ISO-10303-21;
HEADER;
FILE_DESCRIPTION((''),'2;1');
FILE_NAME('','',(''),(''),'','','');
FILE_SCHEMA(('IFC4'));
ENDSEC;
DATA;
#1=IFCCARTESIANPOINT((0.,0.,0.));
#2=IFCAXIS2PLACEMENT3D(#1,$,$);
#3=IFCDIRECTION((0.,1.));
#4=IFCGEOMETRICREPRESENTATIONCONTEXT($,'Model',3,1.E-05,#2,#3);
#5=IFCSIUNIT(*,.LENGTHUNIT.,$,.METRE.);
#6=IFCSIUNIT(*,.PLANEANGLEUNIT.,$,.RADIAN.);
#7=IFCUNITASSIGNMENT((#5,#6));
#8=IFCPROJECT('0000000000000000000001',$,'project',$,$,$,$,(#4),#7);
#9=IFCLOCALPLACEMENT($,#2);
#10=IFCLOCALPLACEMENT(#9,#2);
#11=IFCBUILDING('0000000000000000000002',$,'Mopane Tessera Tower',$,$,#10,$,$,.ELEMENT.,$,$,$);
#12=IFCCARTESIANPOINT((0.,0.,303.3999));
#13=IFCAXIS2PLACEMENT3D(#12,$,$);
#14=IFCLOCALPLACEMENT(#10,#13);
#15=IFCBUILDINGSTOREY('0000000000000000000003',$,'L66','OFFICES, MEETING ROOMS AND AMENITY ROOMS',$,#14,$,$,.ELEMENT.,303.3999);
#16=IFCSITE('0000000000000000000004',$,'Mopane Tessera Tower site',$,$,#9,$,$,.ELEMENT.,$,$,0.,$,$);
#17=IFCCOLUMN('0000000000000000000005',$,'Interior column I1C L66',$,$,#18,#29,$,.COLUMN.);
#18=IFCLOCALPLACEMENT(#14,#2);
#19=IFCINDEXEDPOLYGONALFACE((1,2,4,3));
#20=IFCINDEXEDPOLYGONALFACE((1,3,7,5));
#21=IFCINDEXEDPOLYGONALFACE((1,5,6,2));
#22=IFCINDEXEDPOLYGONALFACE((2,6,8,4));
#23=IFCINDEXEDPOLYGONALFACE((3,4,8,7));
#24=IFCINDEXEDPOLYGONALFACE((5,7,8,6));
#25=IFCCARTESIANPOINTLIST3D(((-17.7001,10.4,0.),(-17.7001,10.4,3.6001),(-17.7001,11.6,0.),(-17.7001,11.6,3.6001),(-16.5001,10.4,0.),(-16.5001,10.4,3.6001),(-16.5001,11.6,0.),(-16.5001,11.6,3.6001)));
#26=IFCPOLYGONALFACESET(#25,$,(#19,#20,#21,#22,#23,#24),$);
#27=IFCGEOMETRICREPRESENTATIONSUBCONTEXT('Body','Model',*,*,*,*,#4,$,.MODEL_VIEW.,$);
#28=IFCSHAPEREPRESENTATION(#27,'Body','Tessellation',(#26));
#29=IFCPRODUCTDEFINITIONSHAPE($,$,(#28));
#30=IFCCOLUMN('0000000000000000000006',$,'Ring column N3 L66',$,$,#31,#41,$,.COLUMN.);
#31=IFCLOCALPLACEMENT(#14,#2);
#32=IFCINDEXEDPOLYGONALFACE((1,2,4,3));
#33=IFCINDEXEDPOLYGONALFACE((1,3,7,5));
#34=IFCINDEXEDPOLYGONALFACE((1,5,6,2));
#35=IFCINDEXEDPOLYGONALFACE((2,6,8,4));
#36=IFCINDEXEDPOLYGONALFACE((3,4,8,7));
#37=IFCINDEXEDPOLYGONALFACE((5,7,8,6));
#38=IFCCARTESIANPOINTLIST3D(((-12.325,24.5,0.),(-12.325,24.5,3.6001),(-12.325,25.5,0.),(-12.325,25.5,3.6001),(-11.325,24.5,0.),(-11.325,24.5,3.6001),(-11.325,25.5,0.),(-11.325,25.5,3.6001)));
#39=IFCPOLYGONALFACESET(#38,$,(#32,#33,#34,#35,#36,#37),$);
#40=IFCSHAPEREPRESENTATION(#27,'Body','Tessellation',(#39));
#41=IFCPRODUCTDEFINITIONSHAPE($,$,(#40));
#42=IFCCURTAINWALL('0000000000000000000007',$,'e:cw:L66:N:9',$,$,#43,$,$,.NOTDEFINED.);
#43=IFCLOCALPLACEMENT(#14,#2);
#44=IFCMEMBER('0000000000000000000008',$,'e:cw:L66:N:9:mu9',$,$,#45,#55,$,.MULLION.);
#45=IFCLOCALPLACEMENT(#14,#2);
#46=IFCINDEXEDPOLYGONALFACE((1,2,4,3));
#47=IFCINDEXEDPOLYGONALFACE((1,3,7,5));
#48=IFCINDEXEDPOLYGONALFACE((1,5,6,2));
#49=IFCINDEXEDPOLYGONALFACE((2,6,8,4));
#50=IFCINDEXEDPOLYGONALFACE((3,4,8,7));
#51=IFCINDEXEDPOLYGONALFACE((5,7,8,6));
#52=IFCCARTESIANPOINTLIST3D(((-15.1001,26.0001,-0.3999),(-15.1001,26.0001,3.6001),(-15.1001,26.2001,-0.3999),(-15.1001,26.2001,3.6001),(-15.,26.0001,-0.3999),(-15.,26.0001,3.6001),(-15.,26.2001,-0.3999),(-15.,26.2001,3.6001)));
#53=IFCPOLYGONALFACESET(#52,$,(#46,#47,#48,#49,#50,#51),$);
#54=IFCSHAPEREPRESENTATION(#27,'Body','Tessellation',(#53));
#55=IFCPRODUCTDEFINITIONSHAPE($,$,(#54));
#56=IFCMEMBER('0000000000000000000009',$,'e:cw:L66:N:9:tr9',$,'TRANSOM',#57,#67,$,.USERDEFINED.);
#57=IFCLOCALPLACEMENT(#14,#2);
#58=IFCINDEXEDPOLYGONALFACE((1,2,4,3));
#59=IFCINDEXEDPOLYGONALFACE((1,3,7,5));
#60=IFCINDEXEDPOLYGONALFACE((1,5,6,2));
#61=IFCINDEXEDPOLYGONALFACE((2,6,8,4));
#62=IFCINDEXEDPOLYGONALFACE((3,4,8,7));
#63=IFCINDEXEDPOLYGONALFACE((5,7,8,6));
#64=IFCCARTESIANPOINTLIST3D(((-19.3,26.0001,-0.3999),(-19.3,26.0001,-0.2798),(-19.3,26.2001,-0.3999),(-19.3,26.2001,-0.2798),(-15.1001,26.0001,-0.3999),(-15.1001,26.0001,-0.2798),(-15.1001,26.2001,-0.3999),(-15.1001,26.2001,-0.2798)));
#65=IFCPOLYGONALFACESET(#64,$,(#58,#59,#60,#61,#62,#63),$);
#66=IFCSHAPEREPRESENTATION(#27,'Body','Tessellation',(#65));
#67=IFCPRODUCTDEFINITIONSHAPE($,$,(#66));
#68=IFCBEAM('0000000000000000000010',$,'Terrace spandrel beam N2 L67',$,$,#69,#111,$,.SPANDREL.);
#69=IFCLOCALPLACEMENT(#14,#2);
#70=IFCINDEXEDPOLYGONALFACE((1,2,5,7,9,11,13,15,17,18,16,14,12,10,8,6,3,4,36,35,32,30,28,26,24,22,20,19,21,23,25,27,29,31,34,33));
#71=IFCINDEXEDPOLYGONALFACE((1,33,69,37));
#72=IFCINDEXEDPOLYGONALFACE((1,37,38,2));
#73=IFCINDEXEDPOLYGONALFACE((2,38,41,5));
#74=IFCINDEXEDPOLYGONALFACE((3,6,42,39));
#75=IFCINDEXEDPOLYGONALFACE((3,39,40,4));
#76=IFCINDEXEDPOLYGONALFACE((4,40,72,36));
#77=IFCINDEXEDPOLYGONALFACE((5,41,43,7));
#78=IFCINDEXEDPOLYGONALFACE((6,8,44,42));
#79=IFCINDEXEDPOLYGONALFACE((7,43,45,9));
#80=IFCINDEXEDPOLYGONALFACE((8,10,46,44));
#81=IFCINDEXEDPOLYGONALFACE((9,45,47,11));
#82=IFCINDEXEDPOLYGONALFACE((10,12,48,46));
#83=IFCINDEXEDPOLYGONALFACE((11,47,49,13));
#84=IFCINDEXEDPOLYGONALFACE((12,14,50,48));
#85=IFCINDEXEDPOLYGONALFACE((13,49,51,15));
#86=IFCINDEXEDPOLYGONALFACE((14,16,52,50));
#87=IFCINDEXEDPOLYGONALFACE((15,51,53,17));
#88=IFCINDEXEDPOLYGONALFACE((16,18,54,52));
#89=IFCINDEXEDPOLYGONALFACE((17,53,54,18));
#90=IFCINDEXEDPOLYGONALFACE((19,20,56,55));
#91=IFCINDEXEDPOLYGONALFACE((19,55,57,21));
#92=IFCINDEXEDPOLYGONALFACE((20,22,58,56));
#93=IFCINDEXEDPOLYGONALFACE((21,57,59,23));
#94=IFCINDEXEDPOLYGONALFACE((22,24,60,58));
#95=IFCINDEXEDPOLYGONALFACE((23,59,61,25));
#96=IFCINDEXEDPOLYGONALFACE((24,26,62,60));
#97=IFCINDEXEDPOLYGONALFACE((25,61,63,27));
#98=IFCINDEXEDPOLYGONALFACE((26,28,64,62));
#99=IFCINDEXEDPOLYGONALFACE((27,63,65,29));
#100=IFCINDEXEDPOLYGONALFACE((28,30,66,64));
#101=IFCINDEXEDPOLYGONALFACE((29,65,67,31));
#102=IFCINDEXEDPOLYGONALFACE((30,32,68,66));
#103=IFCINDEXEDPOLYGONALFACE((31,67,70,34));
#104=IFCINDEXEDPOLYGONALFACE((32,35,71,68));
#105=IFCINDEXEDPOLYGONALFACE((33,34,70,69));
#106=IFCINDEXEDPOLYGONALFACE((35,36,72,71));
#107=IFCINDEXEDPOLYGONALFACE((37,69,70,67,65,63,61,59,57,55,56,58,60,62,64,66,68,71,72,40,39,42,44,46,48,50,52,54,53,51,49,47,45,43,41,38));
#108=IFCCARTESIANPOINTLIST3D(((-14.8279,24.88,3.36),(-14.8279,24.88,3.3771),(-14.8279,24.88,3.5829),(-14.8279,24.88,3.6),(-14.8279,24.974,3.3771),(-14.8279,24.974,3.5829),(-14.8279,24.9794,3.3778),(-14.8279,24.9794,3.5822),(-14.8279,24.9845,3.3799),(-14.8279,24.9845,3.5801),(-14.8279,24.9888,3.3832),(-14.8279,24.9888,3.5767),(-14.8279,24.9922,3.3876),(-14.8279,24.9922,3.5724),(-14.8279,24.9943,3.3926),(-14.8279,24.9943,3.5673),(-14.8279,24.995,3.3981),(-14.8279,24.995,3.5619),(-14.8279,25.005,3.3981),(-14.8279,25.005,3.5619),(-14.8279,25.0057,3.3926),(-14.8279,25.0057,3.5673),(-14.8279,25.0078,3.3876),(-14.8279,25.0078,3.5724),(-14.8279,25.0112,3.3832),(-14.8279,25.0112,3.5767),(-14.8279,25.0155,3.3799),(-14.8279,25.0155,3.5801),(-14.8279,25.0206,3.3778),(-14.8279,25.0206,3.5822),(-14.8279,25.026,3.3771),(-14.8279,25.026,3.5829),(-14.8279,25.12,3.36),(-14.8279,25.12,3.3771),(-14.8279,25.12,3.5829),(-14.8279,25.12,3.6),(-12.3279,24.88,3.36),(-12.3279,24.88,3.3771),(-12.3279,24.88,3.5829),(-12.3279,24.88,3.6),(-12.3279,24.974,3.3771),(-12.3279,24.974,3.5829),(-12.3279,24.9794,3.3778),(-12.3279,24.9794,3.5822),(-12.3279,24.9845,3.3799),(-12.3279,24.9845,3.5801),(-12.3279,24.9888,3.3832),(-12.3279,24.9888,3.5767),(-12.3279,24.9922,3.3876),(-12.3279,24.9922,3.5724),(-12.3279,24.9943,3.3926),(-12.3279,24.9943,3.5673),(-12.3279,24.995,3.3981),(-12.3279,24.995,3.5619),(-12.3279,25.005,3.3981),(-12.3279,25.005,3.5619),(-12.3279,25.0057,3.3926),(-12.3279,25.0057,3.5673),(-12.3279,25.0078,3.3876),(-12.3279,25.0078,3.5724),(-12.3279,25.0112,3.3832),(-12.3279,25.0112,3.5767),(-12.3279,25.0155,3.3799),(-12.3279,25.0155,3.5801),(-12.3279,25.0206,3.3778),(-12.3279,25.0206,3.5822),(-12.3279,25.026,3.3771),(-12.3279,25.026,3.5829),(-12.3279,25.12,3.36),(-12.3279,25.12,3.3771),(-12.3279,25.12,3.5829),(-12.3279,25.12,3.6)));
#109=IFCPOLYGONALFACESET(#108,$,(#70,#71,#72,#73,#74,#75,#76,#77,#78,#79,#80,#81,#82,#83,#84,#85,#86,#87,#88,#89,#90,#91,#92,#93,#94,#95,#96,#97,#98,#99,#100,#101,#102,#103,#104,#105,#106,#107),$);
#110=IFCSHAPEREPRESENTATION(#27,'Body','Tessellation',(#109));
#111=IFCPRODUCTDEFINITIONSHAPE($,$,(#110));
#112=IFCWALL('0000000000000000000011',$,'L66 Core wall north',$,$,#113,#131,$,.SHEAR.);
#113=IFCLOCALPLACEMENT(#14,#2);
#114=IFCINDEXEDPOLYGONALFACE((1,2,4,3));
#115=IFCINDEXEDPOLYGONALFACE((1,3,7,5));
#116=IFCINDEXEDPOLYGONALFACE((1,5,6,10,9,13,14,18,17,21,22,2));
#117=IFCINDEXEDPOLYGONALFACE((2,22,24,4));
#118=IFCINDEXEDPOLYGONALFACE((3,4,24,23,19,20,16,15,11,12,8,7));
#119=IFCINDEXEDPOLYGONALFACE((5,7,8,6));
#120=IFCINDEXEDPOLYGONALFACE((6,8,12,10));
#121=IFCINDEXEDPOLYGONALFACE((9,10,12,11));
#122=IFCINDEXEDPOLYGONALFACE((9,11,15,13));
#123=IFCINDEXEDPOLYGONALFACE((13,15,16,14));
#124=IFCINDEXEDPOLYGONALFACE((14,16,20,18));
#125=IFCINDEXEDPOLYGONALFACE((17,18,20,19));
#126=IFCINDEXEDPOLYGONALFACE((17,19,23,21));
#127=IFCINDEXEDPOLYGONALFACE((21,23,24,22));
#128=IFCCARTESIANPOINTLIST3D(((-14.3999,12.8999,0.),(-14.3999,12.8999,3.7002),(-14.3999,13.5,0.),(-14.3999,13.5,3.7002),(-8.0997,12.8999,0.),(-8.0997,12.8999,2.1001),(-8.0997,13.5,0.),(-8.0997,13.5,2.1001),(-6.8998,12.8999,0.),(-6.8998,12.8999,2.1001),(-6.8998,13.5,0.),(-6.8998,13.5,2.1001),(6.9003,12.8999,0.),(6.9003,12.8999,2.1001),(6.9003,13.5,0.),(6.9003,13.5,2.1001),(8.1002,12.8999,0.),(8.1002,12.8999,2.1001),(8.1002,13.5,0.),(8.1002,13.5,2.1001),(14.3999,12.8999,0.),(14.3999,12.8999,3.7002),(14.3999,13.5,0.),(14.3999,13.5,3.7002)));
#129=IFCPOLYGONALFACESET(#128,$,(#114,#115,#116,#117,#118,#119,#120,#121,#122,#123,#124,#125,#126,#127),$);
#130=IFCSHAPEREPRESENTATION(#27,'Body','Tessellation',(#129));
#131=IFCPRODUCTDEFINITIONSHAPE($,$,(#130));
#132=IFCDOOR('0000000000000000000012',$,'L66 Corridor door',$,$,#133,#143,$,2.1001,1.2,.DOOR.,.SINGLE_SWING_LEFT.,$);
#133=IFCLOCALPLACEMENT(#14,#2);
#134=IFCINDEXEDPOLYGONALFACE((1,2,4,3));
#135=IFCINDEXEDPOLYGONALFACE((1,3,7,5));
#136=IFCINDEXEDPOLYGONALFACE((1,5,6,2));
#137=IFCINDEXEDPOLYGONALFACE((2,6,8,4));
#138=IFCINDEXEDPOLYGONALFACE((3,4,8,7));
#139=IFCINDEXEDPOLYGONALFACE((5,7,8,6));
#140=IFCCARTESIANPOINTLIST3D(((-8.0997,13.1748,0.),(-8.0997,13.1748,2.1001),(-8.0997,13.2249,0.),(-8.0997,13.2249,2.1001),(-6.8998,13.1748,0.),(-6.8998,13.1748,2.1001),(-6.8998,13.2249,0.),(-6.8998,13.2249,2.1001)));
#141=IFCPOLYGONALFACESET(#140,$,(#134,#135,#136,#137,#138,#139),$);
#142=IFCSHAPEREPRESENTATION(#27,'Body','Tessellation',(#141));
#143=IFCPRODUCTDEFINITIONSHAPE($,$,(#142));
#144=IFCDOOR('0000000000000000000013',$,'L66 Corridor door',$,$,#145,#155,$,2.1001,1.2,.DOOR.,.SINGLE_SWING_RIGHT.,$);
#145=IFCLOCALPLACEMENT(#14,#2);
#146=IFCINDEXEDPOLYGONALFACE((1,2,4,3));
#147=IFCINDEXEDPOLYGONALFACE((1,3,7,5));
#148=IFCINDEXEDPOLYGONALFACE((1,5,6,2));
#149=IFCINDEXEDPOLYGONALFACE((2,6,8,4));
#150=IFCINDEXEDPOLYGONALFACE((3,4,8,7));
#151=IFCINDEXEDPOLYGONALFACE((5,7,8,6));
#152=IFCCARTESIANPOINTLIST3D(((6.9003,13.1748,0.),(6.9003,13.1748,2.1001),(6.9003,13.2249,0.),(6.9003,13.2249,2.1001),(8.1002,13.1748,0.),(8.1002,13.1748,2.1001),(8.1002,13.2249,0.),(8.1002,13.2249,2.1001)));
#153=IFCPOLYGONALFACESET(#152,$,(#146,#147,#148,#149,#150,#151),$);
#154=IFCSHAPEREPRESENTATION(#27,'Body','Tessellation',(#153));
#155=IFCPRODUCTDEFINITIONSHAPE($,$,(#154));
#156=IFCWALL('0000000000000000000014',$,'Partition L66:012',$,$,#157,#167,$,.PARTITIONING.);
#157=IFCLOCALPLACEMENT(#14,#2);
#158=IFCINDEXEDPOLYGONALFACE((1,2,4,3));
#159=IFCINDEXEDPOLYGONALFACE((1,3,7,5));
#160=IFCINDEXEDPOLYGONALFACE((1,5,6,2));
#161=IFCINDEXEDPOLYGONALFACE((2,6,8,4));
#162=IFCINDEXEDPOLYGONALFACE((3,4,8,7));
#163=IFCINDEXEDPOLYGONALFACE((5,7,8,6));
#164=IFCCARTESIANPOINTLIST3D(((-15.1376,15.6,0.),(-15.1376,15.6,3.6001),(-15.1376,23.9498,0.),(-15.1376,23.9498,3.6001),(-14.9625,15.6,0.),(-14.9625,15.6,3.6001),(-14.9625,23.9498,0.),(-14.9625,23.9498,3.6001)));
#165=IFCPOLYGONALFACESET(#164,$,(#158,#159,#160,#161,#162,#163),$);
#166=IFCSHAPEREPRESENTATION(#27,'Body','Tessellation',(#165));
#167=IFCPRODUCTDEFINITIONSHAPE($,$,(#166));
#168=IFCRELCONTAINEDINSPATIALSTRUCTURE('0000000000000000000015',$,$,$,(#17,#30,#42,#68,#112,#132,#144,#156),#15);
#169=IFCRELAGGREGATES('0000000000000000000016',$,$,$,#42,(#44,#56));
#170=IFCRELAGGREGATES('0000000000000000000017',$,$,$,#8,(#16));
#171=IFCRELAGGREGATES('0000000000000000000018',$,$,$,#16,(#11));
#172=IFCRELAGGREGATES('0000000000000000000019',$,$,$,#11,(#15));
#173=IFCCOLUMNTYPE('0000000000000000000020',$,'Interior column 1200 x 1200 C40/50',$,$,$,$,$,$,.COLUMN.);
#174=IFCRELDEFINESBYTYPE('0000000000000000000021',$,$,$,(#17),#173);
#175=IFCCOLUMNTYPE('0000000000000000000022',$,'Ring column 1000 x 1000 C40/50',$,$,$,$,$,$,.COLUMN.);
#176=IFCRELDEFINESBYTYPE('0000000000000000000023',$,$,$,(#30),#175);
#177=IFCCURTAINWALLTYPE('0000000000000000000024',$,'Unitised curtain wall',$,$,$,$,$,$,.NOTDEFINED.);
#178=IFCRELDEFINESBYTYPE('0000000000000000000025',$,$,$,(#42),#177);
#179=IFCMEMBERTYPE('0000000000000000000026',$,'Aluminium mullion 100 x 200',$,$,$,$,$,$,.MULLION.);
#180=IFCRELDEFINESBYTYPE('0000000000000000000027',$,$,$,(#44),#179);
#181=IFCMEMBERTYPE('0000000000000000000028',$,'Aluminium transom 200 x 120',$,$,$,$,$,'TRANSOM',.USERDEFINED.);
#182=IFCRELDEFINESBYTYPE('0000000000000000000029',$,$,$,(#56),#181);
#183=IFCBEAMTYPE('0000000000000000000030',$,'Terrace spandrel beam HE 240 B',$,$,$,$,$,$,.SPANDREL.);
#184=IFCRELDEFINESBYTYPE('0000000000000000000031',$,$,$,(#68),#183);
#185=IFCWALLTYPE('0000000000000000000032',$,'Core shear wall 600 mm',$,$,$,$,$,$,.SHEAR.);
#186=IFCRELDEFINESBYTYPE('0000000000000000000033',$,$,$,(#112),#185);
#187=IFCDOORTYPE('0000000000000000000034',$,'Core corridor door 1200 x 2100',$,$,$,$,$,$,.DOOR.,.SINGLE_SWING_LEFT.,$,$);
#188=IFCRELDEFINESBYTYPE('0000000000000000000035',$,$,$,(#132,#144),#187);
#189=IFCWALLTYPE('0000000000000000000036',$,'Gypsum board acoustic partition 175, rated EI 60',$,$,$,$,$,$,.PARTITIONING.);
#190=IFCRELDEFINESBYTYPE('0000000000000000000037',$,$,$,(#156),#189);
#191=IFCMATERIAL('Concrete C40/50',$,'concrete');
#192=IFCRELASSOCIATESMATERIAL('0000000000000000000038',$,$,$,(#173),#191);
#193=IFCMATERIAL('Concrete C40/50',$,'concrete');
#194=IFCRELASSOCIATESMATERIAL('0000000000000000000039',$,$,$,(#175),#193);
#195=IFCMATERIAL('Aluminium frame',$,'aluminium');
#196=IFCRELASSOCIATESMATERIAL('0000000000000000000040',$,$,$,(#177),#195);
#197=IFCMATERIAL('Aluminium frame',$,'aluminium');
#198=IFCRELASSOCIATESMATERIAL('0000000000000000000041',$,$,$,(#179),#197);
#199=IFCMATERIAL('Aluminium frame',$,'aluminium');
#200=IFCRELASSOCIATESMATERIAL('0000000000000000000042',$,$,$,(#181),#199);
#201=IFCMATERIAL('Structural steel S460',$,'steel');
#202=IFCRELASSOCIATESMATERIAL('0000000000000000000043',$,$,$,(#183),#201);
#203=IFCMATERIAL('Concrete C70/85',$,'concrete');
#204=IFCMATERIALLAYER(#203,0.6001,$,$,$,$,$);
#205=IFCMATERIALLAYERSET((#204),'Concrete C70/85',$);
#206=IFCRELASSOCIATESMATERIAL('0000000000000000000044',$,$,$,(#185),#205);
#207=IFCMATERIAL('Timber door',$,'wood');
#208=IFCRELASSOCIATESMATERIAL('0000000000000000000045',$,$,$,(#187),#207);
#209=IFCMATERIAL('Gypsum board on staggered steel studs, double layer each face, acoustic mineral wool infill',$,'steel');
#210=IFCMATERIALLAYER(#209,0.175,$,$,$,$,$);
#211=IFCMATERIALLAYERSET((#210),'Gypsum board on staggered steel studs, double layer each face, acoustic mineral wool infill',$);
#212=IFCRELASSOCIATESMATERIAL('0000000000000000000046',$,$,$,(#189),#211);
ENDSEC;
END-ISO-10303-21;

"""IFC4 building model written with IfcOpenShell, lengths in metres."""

from ifc_helpers import new_model, si_unit, direction, frame, frame_2d, origin, origin_2d, place, context, subcontext, project, spatial, rectangle, i_section, extrude, material, layer, layer_set, material_profile, profile_set, type_object, element, fill, aggregate, save


model = new_model("IFC4")

# Units and contexts
model_context = context("Model", 3, precision=1e-05, world=origin(), true_north=direction((0.0, 1.0)))
body_context = subcontext(model_context, "Body", "Model", "MODEL_VIEW")
ifc_project = project(units=[si_unit("LENGTHUNIT", "METRE"), si_unit("PLANEANGLEUNIT", "RADIAN")], contexts=[model_context])

# Site, building, storey
site_placement = place(None, origin())
site = spatial("IfcSite", under=ifc_project, at=site_placement, Name="Mopane Tessera Tower site", CompositionType="ELEMENT", RefElevation=0.0)
building_placement = place(site_placement, origin())
building = spatial("IfcBuilding", under=site, at=building_placement, Name="Mopane Tessera Tower", CompositionType="ELEMENT")
storey_placement = place(building_placement, frame((0.0, 0.0, 303.3999)))
storey = spatial("IfcBuildingStorey", under=building, at=storey_placement, Name="L66", Description="OFFICES, MEETING ROOMS AND AMENITY ROOMS", CompositionType="ELEMENT", Elevation=303.3999)

# Columns
ifc_material_1 = material(Name="Concrete C40/50", Category="concrete")
ifc_material_profile_1 = material_profile(ifc_material_1, rectangle(XDim=1.2, YDim=1.2, at=origin_2d()))
ifc_profile_set_1 = profile_set([ifc_material_profile_1], Name="Concrete C40/50")
column_type_1 = type_object("IfcColumnType", Name="Interior column 1200 x 1200 C40/50", PredefinedType="COLUMN", material=ifc_profile_set_1)
column_1_placement = place(storey_placement, frame((-17.1001, 11.0, 0.0), z_axis=(0.0, 0.0, 1.0), x_axis=(1.0, 0.0, 0.0)))
element("IfcColumn", 1, at=column_1_placement, inside=storey, type_object=column_type_1, Name="Interior column I1C L66", PredefinedType="COLUMN", context=body_context, shape_type="SweptSolid", body=[
    extrude(rectangle(XDim=1.2, YDim=1.2, at=origin_2d()), origin(), (0.0, 0.0, 1.0), 3.6001),
])
ifc_material_2 = material(Name="Concrete C40/50", Category="concrete")
ifc_material_profile_2 = material_profile(ifc_material_2, rectangle(XDim=1.0, YDim=1.0, at=origin_2d()))
ifc_profile_set_2 = profile_set([ifc_material_profile_2], Name="Concrete C40/50")
column_type_2 = type_object("IfcColumnType", Name="Ring column 1000 x 1000 C40/50", PredefinedType="COLUMN", material=ifc_profile_set_2)
column_2_placement = place(storey_placement, frame((-11.825, 25.0, 0.0), z_axis=(0.0, 0.0, 1.0), x_axis=(1.0, 0.0, 0.0)))
element("IfcColumn", 2, at=column_2_placement, inside=storey, type_object=column_type_2, Name="Ring column N3 L66", PredefinedType="COLUMN", context=body_context, shape_type="SweptSolid", body=[
    extrude(rectangle(XDim=1.0, YDim=1.0, at=origin_2d()), origin(), (0.0, 0.0, 1.0), 3.6001),
])

# Curtain wall, members
ifc_material_3 = material(Name="Aluminium frame", Category="aluminium")
curtain_wall_type = type_object("IfcCurtainWallType", Name="Unitised curtain wall", PredefinedType="NOTDEFINED", material=ifc_material_3)
curtain_wall_placement = place(storey_placement, origin())
curtain_wall = element("IfcCurtainWall", 3, at=curtain_wall_placement, inside=storey, type_object=curtain_wall_type, Name="e:cw:L66:N:9", PredefinedType="NOTDEFINED")
ifc_material_4 = material(Name="Aluminium frame", Category="aluminium")
ifc_material_profile_3 = material_profile(ifc_material_4, rectangle(XDim=0.1001, YDim=0.2, at=origin_2d()))
ifc_profile_set_3 = profile_set([ifc_material_profile_3], Name="Aluminium frame")
member_type_1 = type_object("IfcMemberType", Name="Aluminium mullion 100 x 200", PredefinedType="MULLION", material=ifc_profile_set_3)
member_1_placement = place(storey_placement, frame((-15.05, 26.1001, -0.3999), z_axis=(0.0, 0.0, 1.0), x_axis=(-1.0, 0.0, 0.0)))
member_1 = element("IfcMember", 4, at=member_1_placement, type_object=member_type_1, Name="e:cw:L66:N:9:mu9", PredefinedType="MULLION", context=body_context, shape_type="SweptSolid", body=[
    extrude(rectangle(XDim=0.1001, YDim=0.2, at=origin_2d()), origin(), (0.0, 0.0, 1.0), 4.0),
])
ifc_material_5 = material(Name="Aluminium frame", Category="aluminium")
ifc_material_profile_4 = material_profile(ifc_material_5, rectangle(XDim=0.2, YDim=0.1201, at=origin_2d()))
ifc_profile_set_4 = profile_set([ifc_material_profile_4], Name="Aluminium frame")
member_type_2 = type_object("IfcMemberType", Name="Aluminium transom 200 x 120", ElementType="TRANSOM", PredefinedType="USERDEFINED", material=ifc_profile_set_4)
member_2_placement = place(storey_placement, frame((-15.1001, 26.1001, -0.3398), z_axis=(-1.0, 0.0, 0.0), x_axis=(0.0, -1.0, 0.0)))
member_2 = element("IfcMember", 5, at=member_2_placement, type_object=member_type_2, Name="e:cw:L66:N:9:tr9", ObjectType="TRANSOM", PredefinedType="USERDEFINED", context=body_context, shape_type="SweptSolid", body=[
    extrude(rectangle(XDim=0.2, YDim=0.1201, at=origin_2d()), origin(), (0.0, 0.0, 1.0), 4.2),
])
aggregate(curtain_wall, [member_1, member_2])

# Beam
ifc_material_6 = material(Name="Structural steel S460", Category="steel")
ifc_material_profile_5 = material_profile(ifc_material_6, i_section(OverallWidth=0.24, OverallDepth=0.24, WebThickness=0.01, FlangeThickness=0.0171, FilletRadius=0.021, at=origin_2d()))
ifc_profile_set_5 = profile_set([ifc_material_profile_5], Name="Structural steel S460")
beam_type = type_object("IfcBeamType", Name="Terrace spandrel beam HE 240 B", PredefinedType="SPANDREL", material=ifc_profile_set_5)
beam_placement = place(storey_placement, frame((-12.3279, 25.0, 3.48), z_axis=(-1.0, 0.0, 0.0), x_axis=(0.0, -1.0, 0.0)))
element("IfcBeam", 6, at=beam_placement, inside=storey, type_object=beam_type, Name="Terrace spandrel beam N2 L67", PredefinedType="SPANDREL", context=body_context, shape_type="SweptSolid", body=[
    extrude(i_section(OverallWidth=0.24, OverallDepth=0.24, WebThickness=0.01, FlangeThickness=0.0171, FilletRadius=0.021, at=origin_2d()), origin(), (0.0, 0.0, 1.0), 2.5),
])

# Wall, openings, doors
ifc_material_7 = material(Name="Concrete C70/85", Category="concrete")
ifc_layer_1 = layer(ifc_material_7, 0.6001)
ifc_layer_set_1 = layer_set([ifc_layer_1], Name="Concrete C70/85")
wall_type_1 = type_object("IfcWallType", Name="Core shear wall 600 mm", PredefinedType="SHEAR", material=ifc_layer_set_1)
wall_1_placement = place(storey_placement, frame((-14.3999, 13.2, 0.0), z_axis=(0.0, 0.0, 1.0), x_axis=(1.0, 0.0, 0.0)))
wall_1 = element("IfcWall", 7, at=wall_1_placement, inside=storey, type_object=wall_type_1, Name="L66 Core wall north", PredefinedType="SHEAR", context=body_context, shape_type="SweptSolid", body=[
    extrude(rectangle(XDim=28.7998, YDim=0.6001, at=frame_2d((14.3999, 0.0))), origin(), (0.0, 0.0, 1.0), 3.7002),
])
opening_1_placement = place(wall_1_placement, frame((6.3, 0.0, 0.0)))
opening_1 = element("IfcOpeningElement", 8, at=opening_1_placement, cuts=wall_1, PredefinedType="OPENING", context=body_context, shape_type="SweptSolid", body=[
    extrude(rectangle(XDim=1.2, YDim=2.1001, at=frame_2d((0.6001, 1.05))), frame((0.0, 0.312, 0.0), z_axis=(0.0, -1.0, 0.0), x_axis=(1.0, 0.0, 0.0)), (0.0, 0.0, 1.0), 0.624),
])
opening_2_placement = place(wall_1_placement, frame((21.3, 0.0, 0.0)))
opening_2 = element("IfcOpeningElement", 9, at=opening_2_placement, cuts=wall_1, PredefinedType="OPENING", context=body_context, shape_type="SweptSolid", body=[
    extrude(rectangle(XDim=1.2, YDim=2.1001, at=frame_2d((0.6001, 1.05))), frame((0.0, 0.312, 0.0), z_axis=(0.0, -1.0, 0.0), x_axis=(1.0, 0.0, 0.0)), (0.0, 0.0, 1.0), 0.624),
])
ifc_material_8 = material(Name="Timber door", Category="wood")
door_type = type_object("IfcDoorType", Name="Core corridor door 1200 x 2100", OperationType="SINGLE_SWING_LEFT", PredefinedType="DOOR", material=ifc_material_8)
door_1_placement = place(opening_1_placement, origin())
door_1 = element("IfcDoor", 10, at=door_1_placement, inside=storey, type_object=door_type, Name="L66 Corridor door", OperationType="SINGLE_SWING_LEFT", OverallHeight=2.1001, OverallWidth=1.2, PredefinedType="DOOR", context=body_context, shape_type="SweptSolid", body=[
    extrude(rectangle(XDim=1.2, YDim=2.1001, at=frame_2d((0.6001, 1.05))), frame((0.0, 0.0249, 0.0), z_axis=(0.0, -1.0, 0.0), x_axis=(1.0, 0.0, 0.0)), (0.0, 0.0, 1.0), 0.05),
])
fill(opening_1, door_1)
door_2_placement = place(opening_2_placement, origin())
door_2 = element("IfcDoor", 11, at=door_2_placement, inside=storey, type_object=door_type, Name="L66 Corridor door", OperationType="SINGLE_SWING_RIGHT", OverallHeight=2.1001, OverallWidth=1.2, PredefinedType="DOOR", context=body_context, shape_type="SweptSolid", body=[
    extrude(rectangle(XDim=1.2, YDim=2.1001, at=frame_2d((0.6001, 1.05))), frame((0.0, 0.0249, 0.0), z_axis=(0.0, -1.0, 0.0), x_axis=(1.0, 0.0, 0.0)), (0.0, 0.0, 1.0), 0.05),
])
fill(opening_2, door_2)

# Wall
ifc_material_9 = material(Name="Gypsum board on staggered steel studs, double layer each face, acoustic mineral wool infill", Category="steel")
ifc_layer_2 = layer(ifc_material_9, 0.175)
ifc_layer_set_2 = layer_set([ifc_layer_2], Name="Gypsum board on staggered steel studs, double layer each face, acoustic mineral wool infill")
wall_type_2 = type_object("IfcWallType", Name="Gypsum board acoustic partition 175, rated EI 60", PredefinedType="PARTITIONING", material=ifc_layer_set_2)
wall_2_placement = place(storey_placement, frame((-15.05, 15.6001, 0.0), z_axis=(0.0, 0.0, 1.0), x_axis=(0.0, 1.0, 0.0)))
element("IfcWall", 12, at=wall_2_placement, inside=storey, type_object=wall_type_2, Name="Partition L66:012", PredefinedType="PARTITIONING", context=body_context, shape_type="SweptSolid", body=[
    extrude(rectangle(XDim=8.3499, YDim=0.175, at=frame_2d((4.1748, 0.0))), origin(), (0.0, 0.0, 1.0), 3.6001),
])

save(model, "model.ifc")
